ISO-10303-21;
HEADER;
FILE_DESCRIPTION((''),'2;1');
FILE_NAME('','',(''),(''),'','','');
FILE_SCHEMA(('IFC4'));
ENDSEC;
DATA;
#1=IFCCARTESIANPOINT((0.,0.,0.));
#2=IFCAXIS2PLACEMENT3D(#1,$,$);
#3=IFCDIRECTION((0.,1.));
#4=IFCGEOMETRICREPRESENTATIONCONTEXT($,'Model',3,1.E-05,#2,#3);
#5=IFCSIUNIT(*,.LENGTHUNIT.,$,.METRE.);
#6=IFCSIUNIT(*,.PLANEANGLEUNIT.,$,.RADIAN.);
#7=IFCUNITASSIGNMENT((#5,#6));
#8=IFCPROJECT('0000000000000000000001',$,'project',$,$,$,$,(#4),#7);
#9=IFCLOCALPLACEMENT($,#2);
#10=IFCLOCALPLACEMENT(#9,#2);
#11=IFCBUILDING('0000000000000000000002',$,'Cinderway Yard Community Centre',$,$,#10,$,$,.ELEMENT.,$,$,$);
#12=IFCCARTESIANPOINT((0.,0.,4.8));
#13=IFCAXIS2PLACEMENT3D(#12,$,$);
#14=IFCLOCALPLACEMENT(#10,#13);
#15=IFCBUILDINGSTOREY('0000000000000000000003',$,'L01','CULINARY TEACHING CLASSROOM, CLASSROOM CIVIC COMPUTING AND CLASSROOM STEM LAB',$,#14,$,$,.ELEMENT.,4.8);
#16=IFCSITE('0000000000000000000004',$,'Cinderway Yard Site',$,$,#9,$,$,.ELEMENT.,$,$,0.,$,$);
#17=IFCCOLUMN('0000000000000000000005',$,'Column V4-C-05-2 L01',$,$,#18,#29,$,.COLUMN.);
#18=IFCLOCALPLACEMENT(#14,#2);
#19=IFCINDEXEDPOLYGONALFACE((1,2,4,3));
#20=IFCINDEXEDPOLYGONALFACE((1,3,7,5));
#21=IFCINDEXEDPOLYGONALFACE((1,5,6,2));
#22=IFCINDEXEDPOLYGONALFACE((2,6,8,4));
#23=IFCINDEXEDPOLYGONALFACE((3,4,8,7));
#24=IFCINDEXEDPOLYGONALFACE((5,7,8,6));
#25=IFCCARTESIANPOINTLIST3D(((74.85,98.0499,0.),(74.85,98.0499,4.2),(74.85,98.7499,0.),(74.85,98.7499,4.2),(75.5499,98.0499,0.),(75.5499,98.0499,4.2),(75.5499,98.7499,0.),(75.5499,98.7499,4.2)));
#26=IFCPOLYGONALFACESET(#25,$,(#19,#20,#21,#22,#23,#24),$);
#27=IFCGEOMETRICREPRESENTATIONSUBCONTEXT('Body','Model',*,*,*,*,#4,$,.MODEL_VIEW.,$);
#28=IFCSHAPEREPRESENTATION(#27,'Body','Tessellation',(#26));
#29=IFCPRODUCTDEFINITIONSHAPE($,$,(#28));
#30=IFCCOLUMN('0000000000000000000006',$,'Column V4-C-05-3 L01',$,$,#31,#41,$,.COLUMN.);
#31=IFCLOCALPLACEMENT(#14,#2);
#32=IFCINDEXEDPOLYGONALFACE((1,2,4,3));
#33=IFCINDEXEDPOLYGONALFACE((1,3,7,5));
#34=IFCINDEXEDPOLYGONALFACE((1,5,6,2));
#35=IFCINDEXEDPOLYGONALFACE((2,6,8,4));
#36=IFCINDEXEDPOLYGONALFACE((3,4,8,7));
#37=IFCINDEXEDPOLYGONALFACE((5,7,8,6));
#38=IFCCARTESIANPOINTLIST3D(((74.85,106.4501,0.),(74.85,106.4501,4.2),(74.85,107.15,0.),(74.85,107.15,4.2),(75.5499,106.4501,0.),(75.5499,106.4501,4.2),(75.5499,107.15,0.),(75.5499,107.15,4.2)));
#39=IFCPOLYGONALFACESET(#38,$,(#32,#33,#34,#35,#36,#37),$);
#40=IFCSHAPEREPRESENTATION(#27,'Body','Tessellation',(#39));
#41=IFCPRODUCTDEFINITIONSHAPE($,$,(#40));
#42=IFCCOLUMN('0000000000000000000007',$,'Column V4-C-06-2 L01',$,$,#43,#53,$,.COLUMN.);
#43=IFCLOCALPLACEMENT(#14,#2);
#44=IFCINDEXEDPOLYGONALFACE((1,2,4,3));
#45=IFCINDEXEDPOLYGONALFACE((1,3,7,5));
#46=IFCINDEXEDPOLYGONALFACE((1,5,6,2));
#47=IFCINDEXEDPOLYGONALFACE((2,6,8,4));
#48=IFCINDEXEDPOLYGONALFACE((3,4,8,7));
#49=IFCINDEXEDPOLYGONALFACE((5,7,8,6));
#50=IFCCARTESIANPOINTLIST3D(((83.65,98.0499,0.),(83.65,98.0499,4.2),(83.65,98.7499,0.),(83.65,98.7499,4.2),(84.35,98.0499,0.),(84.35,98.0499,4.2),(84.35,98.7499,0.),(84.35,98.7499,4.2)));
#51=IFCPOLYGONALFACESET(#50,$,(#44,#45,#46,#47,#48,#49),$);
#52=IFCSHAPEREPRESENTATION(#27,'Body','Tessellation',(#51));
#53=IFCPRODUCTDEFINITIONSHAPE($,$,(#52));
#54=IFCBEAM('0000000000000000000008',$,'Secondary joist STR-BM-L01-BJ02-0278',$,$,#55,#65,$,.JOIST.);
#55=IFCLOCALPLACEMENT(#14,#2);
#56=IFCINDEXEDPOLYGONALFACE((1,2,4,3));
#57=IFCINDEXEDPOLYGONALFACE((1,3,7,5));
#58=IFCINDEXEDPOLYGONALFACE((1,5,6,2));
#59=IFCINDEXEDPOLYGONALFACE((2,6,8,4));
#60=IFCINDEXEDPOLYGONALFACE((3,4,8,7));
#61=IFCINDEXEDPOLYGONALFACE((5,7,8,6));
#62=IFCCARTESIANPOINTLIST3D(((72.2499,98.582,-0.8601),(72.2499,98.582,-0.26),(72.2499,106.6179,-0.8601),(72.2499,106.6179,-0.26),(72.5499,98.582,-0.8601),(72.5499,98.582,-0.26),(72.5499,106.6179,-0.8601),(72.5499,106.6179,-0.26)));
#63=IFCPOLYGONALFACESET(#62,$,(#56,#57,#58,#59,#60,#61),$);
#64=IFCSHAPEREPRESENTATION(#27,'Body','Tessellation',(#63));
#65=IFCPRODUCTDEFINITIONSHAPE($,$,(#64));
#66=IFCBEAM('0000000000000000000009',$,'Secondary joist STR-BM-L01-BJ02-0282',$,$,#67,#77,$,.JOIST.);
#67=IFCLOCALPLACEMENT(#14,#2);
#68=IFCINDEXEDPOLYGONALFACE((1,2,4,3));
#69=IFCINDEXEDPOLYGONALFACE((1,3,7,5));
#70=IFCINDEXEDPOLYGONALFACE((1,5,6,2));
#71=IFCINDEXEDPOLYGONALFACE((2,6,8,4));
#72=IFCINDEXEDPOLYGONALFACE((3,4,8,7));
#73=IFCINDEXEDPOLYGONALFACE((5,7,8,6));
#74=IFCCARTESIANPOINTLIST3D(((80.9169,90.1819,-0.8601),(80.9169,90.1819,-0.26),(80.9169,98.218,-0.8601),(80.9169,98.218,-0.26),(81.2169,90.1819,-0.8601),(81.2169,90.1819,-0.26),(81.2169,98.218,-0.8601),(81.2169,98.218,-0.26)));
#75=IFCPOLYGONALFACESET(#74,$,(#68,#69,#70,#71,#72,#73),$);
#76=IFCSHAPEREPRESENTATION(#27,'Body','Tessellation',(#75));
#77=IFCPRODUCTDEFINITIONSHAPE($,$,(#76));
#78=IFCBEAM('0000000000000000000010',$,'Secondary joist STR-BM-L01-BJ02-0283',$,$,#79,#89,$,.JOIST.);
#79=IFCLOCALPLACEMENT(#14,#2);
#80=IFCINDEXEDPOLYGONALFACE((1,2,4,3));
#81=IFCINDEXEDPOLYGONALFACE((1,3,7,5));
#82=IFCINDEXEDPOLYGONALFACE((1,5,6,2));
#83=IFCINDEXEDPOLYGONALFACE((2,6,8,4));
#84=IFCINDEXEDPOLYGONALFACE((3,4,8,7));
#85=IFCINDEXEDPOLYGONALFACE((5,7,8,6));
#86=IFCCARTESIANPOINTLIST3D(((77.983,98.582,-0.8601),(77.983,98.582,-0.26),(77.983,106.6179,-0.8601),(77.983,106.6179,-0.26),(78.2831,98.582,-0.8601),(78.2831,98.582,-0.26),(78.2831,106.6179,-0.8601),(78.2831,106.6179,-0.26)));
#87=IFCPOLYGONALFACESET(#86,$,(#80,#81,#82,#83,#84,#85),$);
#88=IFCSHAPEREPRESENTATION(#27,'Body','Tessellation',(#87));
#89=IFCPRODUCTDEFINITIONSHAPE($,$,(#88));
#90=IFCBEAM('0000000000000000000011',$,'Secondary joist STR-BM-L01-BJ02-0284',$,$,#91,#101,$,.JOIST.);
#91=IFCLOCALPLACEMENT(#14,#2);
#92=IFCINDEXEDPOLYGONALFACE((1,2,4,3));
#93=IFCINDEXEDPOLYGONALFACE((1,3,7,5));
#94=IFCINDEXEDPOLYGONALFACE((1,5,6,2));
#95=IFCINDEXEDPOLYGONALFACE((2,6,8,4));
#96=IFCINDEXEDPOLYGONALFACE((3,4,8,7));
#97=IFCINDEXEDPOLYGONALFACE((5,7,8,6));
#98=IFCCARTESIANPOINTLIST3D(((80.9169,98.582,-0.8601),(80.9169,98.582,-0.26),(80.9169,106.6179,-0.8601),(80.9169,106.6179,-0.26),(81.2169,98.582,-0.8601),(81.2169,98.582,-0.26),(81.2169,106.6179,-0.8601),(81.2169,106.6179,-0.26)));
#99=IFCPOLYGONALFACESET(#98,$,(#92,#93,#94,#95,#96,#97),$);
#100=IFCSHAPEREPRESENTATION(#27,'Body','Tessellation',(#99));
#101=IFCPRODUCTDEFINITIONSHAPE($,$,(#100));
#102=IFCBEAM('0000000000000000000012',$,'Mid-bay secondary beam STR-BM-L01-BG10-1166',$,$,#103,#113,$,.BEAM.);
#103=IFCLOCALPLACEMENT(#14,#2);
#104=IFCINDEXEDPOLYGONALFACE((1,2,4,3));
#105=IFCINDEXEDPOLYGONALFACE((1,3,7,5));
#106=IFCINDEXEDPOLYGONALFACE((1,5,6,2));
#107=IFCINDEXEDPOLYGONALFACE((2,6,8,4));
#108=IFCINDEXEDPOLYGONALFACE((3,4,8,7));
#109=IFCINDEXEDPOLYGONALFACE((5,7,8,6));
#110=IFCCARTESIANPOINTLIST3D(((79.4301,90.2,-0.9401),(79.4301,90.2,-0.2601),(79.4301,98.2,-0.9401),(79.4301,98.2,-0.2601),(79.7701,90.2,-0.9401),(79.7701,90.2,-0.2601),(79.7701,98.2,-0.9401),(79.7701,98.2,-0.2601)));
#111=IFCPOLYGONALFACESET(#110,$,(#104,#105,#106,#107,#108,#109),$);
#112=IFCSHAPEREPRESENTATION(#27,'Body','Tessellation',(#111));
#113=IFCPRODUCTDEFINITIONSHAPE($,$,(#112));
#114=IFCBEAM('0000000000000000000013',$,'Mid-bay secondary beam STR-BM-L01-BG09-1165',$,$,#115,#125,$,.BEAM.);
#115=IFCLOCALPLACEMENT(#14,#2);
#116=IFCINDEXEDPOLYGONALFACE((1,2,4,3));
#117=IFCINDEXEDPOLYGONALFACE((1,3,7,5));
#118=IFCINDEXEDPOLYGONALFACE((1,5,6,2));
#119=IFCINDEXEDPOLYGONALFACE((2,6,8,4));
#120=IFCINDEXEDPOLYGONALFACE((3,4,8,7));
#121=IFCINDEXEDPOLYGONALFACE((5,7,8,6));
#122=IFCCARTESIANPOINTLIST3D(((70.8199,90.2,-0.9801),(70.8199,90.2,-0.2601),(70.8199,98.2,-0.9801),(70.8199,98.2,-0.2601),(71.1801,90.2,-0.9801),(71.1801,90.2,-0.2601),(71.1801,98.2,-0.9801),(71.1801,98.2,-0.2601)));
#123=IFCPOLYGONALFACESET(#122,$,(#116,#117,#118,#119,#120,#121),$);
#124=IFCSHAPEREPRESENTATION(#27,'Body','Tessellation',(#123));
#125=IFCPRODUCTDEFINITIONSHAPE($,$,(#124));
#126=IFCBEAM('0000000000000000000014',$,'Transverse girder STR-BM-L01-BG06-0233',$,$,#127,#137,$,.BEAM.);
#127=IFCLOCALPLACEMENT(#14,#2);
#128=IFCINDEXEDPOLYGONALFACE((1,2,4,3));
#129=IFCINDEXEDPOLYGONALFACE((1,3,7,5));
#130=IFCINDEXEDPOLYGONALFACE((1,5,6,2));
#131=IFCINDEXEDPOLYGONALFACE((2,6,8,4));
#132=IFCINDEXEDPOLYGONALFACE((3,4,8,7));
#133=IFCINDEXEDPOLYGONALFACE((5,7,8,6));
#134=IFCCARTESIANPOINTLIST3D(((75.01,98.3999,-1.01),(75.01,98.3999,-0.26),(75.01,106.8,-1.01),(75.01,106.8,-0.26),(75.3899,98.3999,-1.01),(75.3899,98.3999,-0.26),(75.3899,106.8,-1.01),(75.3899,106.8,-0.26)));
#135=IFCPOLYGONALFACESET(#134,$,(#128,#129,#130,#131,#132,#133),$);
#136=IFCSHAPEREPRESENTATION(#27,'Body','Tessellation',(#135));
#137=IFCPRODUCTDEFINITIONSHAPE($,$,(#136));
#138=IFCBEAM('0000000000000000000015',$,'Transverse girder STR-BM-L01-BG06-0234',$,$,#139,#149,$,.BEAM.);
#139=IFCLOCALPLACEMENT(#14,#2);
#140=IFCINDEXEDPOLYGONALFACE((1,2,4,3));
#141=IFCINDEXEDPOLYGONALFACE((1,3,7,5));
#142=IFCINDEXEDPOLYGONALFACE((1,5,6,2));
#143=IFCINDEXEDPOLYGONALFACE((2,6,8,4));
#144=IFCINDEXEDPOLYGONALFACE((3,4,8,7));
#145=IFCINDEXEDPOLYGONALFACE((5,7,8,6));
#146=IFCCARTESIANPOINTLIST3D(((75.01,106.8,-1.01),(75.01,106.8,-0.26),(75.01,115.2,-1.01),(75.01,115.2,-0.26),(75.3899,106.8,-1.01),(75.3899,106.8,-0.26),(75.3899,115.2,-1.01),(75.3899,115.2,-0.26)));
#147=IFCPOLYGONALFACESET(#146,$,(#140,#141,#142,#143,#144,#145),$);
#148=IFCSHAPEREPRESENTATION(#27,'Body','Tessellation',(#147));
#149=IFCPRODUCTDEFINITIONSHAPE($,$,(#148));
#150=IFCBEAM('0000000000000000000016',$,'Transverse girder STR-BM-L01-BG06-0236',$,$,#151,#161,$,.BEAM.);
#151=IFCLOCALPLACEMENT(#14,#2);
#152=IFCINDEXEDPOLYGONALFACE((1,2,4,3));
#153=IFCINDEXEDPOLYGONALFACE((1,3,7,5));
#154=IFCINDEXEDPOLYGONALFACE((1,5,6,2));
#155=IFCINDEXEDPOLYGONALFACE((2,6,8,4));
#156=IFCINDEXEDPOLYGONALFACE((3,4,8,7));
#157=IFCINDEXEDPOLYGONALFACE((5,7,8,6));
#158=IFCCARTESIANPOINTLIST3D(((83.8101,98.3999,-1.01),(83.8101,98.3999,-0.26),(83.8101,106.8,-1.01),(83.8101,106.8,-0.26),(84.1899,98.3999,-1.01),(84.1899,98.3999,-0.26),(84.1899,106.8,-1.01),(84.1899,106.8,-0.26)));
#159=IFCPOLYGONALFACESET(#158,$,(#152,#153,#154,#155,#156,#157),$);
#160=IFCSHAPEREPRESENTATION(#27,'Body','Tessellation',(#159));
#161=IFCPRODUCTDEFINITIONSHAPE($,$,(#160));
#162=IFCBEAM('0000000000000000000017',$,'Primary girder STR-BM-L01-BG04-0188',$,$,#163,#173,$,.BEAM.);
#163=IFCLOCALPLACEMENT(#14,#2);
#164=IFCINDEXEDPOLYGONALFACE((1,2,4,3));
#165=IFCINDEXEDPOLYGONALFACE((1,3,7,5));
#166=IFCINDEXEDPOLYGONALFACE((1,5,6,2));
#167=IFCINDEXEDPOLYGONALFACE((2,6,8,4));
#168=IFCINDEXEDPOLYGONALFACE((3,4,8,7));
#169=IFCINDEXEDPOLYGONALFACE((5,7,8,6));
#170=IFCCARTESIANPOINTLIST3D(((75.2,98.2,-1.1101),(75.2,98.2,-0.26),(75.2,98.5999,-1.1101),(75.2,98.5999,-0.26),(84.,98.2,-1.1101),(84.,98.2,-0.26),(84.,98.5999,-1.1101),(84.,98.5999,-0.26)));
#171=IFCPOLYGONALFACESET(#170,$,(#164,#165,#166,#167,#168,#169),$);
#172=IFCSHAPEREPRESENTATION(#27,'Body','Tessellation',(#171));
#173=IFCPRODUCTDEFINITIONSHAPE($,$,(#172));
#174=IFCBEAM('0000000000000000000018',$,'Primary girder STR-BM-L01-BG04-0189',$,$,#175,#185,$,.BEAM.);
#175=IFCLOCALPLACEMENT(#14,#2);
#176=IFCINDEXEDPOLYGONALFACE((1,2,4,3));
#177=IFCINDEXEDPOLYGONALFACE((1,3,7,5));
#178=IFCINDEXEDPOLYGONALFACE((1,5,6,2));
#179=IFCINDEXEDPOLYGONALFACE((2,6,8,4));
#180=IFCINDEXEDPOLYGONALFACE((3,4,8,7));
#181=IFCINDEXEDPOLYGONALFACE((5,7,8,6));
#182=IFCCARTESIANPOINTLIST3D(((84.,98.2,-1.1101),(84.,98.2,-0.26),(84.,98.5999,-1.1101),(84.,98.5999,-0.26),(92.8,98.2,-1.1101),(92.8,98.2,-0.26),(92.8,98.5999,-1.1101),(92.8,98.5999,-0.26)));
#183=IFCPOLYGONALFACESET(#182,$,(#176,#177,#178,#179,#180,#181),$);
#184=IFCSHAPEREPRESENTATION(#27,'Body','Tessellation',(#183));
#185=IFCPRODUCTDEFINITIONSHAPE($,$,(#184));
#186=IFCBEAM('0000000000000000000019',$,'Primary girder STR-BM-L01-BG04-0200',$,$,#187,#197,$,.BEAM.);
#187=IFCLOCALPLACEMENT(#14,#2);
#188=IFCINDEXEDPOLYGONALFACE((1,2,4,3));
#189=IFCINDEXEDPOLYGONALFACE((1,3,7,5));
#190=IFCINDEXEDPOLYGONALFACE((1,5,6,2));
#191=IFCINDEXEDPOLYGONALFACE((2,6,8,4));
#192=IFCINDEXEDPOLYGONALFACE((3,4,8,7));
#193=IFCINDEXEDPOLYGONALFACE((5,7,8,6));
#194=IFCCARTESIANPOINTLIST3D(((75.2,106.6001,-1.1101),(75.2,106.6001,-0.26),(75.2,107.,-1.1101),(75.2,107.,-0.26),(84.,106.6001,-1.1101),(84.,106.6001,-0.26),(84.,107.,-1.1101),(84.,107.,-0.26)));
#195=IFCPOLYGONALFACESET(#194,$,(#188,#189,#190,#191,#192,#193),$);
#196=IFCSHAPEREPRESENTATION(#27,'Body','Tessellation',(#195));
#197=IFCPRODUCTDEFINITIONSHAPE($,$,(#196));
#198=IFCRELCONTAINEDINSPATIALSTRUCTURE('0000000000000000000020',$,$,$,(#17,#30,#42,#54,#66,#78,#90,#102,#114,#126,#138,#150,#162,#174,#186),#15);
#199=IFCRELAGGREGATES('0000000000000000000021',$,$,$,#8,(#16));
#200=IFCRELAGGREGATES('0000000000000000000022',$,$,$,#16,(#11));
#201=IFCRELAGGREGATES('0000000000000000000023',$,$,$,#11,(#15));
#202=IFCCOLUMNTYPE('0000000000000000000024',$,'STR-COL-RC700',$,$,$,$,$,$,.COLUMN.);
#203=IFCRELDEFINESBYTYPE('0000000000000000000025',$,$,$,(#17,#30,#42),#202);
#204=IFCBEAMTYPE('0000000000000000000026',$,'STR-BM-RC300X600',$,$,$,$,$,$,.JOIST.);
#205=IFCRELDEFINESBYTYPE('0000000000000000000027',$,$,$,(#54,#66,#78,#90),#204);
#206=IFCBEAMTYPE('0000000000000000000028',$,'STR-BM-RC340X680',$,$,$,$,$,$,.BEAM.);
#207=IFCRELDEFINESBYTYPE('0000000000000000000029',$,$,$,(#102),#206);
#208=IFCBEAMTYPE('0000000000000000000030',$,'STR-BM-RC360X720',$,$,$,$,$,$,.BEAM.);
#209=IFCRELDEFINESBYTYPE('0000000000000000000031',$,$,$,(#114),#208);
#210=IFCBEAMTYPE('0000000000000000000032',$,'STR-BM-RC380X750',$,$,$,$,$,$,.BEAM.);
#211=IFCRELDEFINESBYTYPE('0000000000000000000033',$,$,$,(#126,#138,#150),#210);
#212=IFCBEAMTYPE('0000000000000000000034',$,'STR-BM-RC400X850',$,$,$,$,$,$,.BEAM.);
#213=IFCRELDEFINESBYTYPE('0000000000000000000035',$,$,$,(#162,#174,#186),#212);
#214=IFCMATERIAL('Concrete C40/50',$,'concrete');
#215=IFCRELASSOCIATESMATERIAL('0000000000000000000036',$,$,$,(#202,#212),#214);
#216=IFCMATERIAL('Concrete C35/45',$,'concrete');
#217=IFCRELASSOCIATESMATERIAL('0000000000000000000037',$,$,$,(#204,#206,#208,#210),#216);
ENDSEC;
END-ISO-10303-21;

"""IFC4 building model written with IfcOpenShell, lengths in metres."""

from ifc_helpers import new_model, si_unit, direction, frame, origin, origin_2d, place, context, subcontext, project, spatial, rectangle, extrude, material, material_profile, profile_set, type_object, element, save


model = new_model("IFC4")

# Units and contexts
model_context = context("Model", 3, precision=1e-05, world=origin(), true_north=direction((0.0, 1.0)))
body_context = subcontext(model_context, "Body", "Model", "MODEL_VIEW")
ifc_project = project(units=[si_unit("LENGTHUNIT", "METRE"), si_unit("PLANEANGLEUNIT", "RADIAN")], contexts=[model_context])

# Site, building, storey
site_placement = place(None, origin())
site = spatial("IfcSite", under=ifc_project, at=site_placement, Name="Cinderway Yard Site", CompositionType="ELEMENT", RefElevation=0.0)
building_placement = place(site_placement, origin())
building = spatial("IfcBuilding", under=site, at=building_placement, Name="Cinderway Yard Community Centre", CompositionType="ELEMENT")
storey_placement = place(building_placement, frame((0.0, 0.0, 4.8)))
storey = spatial("IfcBuildingStorey", under=building, at=storey_placement, Name="L01", Description="CULINARY TEACHING CLASSROOM, CLASSROOM CIVIC COMPUTING AND CLASSROOM STEM LAB", CompositionType="ELEMENT", Elevation=4.8)

# Columns
ifc_material_1 = material(Name="Concrete C40/50", Category="concrete")
ifc_material_profile_1 = material_profile(ifc_material_1, rectangle(XDim=0.7, YDim=0.7, at=origin_2d()), Name="Concrete C40/50")
ifc_profile_set_1 = profile_set([ifc_material_profile_1], Name="Concrete C40/50")
column_type = type_object("IfcColumnType", Name="STR-COL-RC700", PredefinedType="COLUMN", material=ifc_profile_set_1)
for number, where, z_axis, x_axis, name in (
    (1, (75.2, 98.3999, 0.0), (0.0, 0.0, 1.0), (1.0, 0.0, 0.0), "Column V4-C-05-2 L01"),
    (2, (75.2, 106.8, 0.0), (0.0, 0.0, 1.0), (1.0, 0.0, 0.0), "Column V4-C-05-3 L01"),
    (3, (84.0, 98.3999, 0.0), (0.0, 0.0, 1.0), (1.0, 0.0, 0.0), "Column V4-C-06-2 L01"),
):
    element("IfcColumn", number, at=place(storey_placement, frame(where, z_axis=z_axis, x_axis=x_axis)), inside=storey, type_object=column_type, Name=name, PredefinedType="COLUMN", context=body_context, shape_type="SweptSolid", body=[
        extrude(rectangle(XDim=0.7, YDim=0.7, at=origin_2d()), origin(), (0.0, 0.0, 1.0), 4.2),
    ])

# Beams
ifc_material_2 = material(Name="Concrete C35/45", Category="concrete")
ifc_material_profile_2 = material_profile(ifc_material_2, rectangle(XDim=0.3, YDim=0.6001, at=origin_2d()), Name="Concrete C35/45")
ifc_profile_set_2 = profile_set([ifc_material_profile_2], Name="Concrete C35/45")
beam_type_1 = type_object("IfcBeamType", Name="STR-BM-RC300X600", PredefinedType="JOIST", material=ifc_profile_set_2)
beam_1_placement = place(storey_placement, frame((72.3999, 98.582, -0.5601), z_axis=(0.0, 1.0, 0.0), x_axis=(-1.0, 0.0, 0.0)))
element("IfcBeam", 4, at=beam_1_placement, inside=storey, type_object=beam_type_1, Name="Secondary joist STR-BM-L01-BJ02-0278", PredefinedType="JOIST", context=body_context, shape_type="SweptSolid", body=[
    extrude(rectangle(XDim=0.3, YDim=0.6001, at=origin_2d()), origin(), (0.0, 0.0, 1.0), 8.0359),
])
beam_2_placement = place(storey_placement, frame((81.0669, 90.1819, -0.5601), z_axis=(0.0, 1.0, 0.0), x_axis=(-1.0, 0.0, 0.0)))
element("IfcBeam", 5, at=beam_2_placement, inside=storey, type_object=beam_type_1, Name="Secondary joist STR-BM-L01-BJ02-0282", PredefinedType="JOIST", context=body_context, shape_type="SweptSolid", body=[
    extrude(rectangle(XDim=0.3, YDim=0.6001, at=origin_2d()), origin(), (0.0, 0.0, 1.0), 8.0361),
])
for number, where, z_axis, x_axis, name in (
    (6, (78.1331, 98.582, -0.5601), (0.0, 1.0, 0.0), (-1.0, 0.0, 0.0), "Secondary joist STR-BM-L01-BJ02-0283"),
    (7, (81.0669, 98.582, -0.5601), (0.0, 1.0, 0.0), (-1.0, 0.0, 0.0), "Secondary joist STR-BM-L01-BJ02-0284"),
):
    element("IfcBeam", number, at=place(storey_placement, frame(where, z_axis=z_axis, x_axis=x_axis)), inside=storey, type_object=beam_type_1, Name=name, PredefinedType="JOIST", context=body_context, shape_type="SweptSolid", body=[
        extrude(rectangle(XDim=0.3, YDim=0.6001, at=origin_2d()), origin(), (0.0, 0.0, 1.0), 8.0359),
    ])
ifc_material_profile_3 = material_profile(ifc_material_2, rectangle(XDim=0.3401, YDim=0.6799, at=origin_2d()), Name="Concrete C35/45")
ifc_profile_set_3 = profile_set([ifc_material_profile_3], Name="Concrete C35/45")
beam_type_2 = type_object("IfcBeamType", Name="STR-BM-RC340X680", PredefinedType="BEAM", material=ifc_profile_set_3)
beam_3_placement = place(storey_placement, frame((79.6001, 90.2, -0.6001), z_axis=(0.0, 1.0, 0.0), x_axis=(-1.0, 0.0, 0.0)))
element("IfcBeam", 8, at=beam_3_placement, inside=storey, type_object=beam_type_2, Name="Mid-bay secondary beam STR-BM-L01-BG10-1166", PredefinedType="BEAM", context=body_context, shape_type="SweptSolid", body=[
    extrude(rectangle(XDim=0.3401, YDim=0.6799, at=origin_2d()), origin(), (0.0, 0.0, 1.0), 8.0),
])
ifc_material_profile_4 = material_profile(ifc_material_2, rectangle(XDim=0.3601, YDim=0.72, at=origin_2d()), Name="Concrete C35/45")
ifc_profile_set_4 = profile_set([ifc_material_profile_4], Name="Concrete C35/45")
beam_type_3 = type_object("IfcBeamType", Name="STR-BM-RC360X720", PredefinedType="BEAM", material=ifc_profile_set_4)
beam_4_placement = place(storey_placement, frame((71.0, 90.2, -0.6201), z_axis=(0.0, 1.0, 0.0), x_axis=(-1.0, 0.0, 0.0)))
element("IfcBeam", 9, at=beam_4_placement, inside=storey, type_object=beam_type_3, Name="Mid-bay secondary beam STR-BM-L01-BG09-1165", PredefinedType="BEAM", context=body_context, shape_type="SweptSolid", body=[
    extrude(rectangle(XDim=0.3601, YDim=0.72, at=origin_2d()), origin(), (0.0, 0.0, 1.0), 8.0),
])
ifc_material_profile_5 = material_profile(ifc_material_2, rectangle(XDim=0.3799, YDim=0.75, at=origin_2d()), Name="Concrete C35/45")
ifc_profile_set_5 = profile_set([ifc_material_profile_5], Name="Concrete C35/45")
beam_type_4 = type_object("IfcBeamType", Name="STR-BM-RC380X750", PredefinedType="BEAM", material=ifc_profile_set_5)
beam_5_placement = place(storey_placement, frame((75.2, 98.3999, -0.635), z_axis=(0.0, 1.0, 0.0), x_axis=(-1.0, 0.0, 0.0)))
element("IfcBeam", 10, at=beam_5_placement, inside=storey, type_object=beam_type_4, Name="Transverse girder STR-BM-L01-BG06-0233", PredefinedType="BEAM", context=body_context, shape_type="SweptSolid", body=[
    extrude(rectangle(XDim=0.3799, YDim=0.75, at=origin_2d()), origin(), (0.0, 0.0, 1.0), 8.4001),
])
beam_6_placement = place(storey_placement, frame((75.2, 106.8, -0.635), z_axis=(0.0, 1.0, 0.0), x_axis=(-1.0, 0.0, 0.0)))
element("IfcBeam", 11, at=beam_6_placement, inside=storey, type_object=beam_type_4, Name="Transverse girder STR-BM-L01-BG06-0234", PredefinedType="BEAM", context=body_context, shape_type="SweptSolid", body=[
    extrude(rectangle(XDim=0.3799, YDim=0.75, at=origin_2d()), origin(), (0.0, 0.0, 1.0), 8.3999),
])
beam_7_placement = place(storey_placement, frame((84.0, 98.3999, -0.635), z_axis=(0.0, 1.0, 0.0), x_axis=(-1.0, 0.0, 0.0)))
element("IfcBeam", 12, at=beam_7_placement, inside=storey, type_object=beam_type_4, Name="Transverse girder STR-BM-L01-BG06-0236", PredefinedType="BEAM", context=body_context, shape_type="SweptSolid", body=[
    extrude(rectangle(XDim=0.3799, YDim=0.75, at=origin_2d()), origin(), (0.0, 0.0, 1.0), 8.4001),
])
ifc_material_profile_6 = material_profile(ifc_material_1, rectangle(XDim=0.3999, YDim=0.8501, at=origin_2d()), Name="Concrete C40/50")
ifc_profile_set_6 = profile_set([ifc_material_profile_6], Name="Concrete C40/50")
beam_type_5 = type_object("IfcBeamType", Name="STR-BM-RC400X850", PredefinedType="BEAM", material=ifc_profile_set_6)
for number, where, z_axis, x_axis, name in (
    (13, (75.2, 98.3999, -0.6851), (1.0, 0.0, 0.0), (0.0, 1.0, 0.0), "Primary girder STR-BM-L01-BG04-0188"),
    (14, (84.0, 98.3999, -0.6851), (1.0, 0.0, 0.0), (0.0, 1.0, 0.0), "Primary girder STR-BM-L01-BG04-0189"),
    (15, (75.2, 106.8, -0.6851), (1.0, 0.0, 0.0), (0.0, 1.0, 0.0), "Primary girder STR-BM-L01-BG04-0200"),
):
    element("IfcBeam", number, at=place(storey_placement, frame(where, z_axis=z_axis, x_axis=x_axis)), inside=storey, type_object=beam_type_5, Name=name, PredefinedType="BEAM", context=body_context, shape_type="SweptSolid", body=[
        extrude(rectangle(XDim=0.3999, YDim=0.8501, at=origin_2d()), origin(), (0.0, 0.0, 1.0), 8.8),
    ])

save(model, "model.ifc")
